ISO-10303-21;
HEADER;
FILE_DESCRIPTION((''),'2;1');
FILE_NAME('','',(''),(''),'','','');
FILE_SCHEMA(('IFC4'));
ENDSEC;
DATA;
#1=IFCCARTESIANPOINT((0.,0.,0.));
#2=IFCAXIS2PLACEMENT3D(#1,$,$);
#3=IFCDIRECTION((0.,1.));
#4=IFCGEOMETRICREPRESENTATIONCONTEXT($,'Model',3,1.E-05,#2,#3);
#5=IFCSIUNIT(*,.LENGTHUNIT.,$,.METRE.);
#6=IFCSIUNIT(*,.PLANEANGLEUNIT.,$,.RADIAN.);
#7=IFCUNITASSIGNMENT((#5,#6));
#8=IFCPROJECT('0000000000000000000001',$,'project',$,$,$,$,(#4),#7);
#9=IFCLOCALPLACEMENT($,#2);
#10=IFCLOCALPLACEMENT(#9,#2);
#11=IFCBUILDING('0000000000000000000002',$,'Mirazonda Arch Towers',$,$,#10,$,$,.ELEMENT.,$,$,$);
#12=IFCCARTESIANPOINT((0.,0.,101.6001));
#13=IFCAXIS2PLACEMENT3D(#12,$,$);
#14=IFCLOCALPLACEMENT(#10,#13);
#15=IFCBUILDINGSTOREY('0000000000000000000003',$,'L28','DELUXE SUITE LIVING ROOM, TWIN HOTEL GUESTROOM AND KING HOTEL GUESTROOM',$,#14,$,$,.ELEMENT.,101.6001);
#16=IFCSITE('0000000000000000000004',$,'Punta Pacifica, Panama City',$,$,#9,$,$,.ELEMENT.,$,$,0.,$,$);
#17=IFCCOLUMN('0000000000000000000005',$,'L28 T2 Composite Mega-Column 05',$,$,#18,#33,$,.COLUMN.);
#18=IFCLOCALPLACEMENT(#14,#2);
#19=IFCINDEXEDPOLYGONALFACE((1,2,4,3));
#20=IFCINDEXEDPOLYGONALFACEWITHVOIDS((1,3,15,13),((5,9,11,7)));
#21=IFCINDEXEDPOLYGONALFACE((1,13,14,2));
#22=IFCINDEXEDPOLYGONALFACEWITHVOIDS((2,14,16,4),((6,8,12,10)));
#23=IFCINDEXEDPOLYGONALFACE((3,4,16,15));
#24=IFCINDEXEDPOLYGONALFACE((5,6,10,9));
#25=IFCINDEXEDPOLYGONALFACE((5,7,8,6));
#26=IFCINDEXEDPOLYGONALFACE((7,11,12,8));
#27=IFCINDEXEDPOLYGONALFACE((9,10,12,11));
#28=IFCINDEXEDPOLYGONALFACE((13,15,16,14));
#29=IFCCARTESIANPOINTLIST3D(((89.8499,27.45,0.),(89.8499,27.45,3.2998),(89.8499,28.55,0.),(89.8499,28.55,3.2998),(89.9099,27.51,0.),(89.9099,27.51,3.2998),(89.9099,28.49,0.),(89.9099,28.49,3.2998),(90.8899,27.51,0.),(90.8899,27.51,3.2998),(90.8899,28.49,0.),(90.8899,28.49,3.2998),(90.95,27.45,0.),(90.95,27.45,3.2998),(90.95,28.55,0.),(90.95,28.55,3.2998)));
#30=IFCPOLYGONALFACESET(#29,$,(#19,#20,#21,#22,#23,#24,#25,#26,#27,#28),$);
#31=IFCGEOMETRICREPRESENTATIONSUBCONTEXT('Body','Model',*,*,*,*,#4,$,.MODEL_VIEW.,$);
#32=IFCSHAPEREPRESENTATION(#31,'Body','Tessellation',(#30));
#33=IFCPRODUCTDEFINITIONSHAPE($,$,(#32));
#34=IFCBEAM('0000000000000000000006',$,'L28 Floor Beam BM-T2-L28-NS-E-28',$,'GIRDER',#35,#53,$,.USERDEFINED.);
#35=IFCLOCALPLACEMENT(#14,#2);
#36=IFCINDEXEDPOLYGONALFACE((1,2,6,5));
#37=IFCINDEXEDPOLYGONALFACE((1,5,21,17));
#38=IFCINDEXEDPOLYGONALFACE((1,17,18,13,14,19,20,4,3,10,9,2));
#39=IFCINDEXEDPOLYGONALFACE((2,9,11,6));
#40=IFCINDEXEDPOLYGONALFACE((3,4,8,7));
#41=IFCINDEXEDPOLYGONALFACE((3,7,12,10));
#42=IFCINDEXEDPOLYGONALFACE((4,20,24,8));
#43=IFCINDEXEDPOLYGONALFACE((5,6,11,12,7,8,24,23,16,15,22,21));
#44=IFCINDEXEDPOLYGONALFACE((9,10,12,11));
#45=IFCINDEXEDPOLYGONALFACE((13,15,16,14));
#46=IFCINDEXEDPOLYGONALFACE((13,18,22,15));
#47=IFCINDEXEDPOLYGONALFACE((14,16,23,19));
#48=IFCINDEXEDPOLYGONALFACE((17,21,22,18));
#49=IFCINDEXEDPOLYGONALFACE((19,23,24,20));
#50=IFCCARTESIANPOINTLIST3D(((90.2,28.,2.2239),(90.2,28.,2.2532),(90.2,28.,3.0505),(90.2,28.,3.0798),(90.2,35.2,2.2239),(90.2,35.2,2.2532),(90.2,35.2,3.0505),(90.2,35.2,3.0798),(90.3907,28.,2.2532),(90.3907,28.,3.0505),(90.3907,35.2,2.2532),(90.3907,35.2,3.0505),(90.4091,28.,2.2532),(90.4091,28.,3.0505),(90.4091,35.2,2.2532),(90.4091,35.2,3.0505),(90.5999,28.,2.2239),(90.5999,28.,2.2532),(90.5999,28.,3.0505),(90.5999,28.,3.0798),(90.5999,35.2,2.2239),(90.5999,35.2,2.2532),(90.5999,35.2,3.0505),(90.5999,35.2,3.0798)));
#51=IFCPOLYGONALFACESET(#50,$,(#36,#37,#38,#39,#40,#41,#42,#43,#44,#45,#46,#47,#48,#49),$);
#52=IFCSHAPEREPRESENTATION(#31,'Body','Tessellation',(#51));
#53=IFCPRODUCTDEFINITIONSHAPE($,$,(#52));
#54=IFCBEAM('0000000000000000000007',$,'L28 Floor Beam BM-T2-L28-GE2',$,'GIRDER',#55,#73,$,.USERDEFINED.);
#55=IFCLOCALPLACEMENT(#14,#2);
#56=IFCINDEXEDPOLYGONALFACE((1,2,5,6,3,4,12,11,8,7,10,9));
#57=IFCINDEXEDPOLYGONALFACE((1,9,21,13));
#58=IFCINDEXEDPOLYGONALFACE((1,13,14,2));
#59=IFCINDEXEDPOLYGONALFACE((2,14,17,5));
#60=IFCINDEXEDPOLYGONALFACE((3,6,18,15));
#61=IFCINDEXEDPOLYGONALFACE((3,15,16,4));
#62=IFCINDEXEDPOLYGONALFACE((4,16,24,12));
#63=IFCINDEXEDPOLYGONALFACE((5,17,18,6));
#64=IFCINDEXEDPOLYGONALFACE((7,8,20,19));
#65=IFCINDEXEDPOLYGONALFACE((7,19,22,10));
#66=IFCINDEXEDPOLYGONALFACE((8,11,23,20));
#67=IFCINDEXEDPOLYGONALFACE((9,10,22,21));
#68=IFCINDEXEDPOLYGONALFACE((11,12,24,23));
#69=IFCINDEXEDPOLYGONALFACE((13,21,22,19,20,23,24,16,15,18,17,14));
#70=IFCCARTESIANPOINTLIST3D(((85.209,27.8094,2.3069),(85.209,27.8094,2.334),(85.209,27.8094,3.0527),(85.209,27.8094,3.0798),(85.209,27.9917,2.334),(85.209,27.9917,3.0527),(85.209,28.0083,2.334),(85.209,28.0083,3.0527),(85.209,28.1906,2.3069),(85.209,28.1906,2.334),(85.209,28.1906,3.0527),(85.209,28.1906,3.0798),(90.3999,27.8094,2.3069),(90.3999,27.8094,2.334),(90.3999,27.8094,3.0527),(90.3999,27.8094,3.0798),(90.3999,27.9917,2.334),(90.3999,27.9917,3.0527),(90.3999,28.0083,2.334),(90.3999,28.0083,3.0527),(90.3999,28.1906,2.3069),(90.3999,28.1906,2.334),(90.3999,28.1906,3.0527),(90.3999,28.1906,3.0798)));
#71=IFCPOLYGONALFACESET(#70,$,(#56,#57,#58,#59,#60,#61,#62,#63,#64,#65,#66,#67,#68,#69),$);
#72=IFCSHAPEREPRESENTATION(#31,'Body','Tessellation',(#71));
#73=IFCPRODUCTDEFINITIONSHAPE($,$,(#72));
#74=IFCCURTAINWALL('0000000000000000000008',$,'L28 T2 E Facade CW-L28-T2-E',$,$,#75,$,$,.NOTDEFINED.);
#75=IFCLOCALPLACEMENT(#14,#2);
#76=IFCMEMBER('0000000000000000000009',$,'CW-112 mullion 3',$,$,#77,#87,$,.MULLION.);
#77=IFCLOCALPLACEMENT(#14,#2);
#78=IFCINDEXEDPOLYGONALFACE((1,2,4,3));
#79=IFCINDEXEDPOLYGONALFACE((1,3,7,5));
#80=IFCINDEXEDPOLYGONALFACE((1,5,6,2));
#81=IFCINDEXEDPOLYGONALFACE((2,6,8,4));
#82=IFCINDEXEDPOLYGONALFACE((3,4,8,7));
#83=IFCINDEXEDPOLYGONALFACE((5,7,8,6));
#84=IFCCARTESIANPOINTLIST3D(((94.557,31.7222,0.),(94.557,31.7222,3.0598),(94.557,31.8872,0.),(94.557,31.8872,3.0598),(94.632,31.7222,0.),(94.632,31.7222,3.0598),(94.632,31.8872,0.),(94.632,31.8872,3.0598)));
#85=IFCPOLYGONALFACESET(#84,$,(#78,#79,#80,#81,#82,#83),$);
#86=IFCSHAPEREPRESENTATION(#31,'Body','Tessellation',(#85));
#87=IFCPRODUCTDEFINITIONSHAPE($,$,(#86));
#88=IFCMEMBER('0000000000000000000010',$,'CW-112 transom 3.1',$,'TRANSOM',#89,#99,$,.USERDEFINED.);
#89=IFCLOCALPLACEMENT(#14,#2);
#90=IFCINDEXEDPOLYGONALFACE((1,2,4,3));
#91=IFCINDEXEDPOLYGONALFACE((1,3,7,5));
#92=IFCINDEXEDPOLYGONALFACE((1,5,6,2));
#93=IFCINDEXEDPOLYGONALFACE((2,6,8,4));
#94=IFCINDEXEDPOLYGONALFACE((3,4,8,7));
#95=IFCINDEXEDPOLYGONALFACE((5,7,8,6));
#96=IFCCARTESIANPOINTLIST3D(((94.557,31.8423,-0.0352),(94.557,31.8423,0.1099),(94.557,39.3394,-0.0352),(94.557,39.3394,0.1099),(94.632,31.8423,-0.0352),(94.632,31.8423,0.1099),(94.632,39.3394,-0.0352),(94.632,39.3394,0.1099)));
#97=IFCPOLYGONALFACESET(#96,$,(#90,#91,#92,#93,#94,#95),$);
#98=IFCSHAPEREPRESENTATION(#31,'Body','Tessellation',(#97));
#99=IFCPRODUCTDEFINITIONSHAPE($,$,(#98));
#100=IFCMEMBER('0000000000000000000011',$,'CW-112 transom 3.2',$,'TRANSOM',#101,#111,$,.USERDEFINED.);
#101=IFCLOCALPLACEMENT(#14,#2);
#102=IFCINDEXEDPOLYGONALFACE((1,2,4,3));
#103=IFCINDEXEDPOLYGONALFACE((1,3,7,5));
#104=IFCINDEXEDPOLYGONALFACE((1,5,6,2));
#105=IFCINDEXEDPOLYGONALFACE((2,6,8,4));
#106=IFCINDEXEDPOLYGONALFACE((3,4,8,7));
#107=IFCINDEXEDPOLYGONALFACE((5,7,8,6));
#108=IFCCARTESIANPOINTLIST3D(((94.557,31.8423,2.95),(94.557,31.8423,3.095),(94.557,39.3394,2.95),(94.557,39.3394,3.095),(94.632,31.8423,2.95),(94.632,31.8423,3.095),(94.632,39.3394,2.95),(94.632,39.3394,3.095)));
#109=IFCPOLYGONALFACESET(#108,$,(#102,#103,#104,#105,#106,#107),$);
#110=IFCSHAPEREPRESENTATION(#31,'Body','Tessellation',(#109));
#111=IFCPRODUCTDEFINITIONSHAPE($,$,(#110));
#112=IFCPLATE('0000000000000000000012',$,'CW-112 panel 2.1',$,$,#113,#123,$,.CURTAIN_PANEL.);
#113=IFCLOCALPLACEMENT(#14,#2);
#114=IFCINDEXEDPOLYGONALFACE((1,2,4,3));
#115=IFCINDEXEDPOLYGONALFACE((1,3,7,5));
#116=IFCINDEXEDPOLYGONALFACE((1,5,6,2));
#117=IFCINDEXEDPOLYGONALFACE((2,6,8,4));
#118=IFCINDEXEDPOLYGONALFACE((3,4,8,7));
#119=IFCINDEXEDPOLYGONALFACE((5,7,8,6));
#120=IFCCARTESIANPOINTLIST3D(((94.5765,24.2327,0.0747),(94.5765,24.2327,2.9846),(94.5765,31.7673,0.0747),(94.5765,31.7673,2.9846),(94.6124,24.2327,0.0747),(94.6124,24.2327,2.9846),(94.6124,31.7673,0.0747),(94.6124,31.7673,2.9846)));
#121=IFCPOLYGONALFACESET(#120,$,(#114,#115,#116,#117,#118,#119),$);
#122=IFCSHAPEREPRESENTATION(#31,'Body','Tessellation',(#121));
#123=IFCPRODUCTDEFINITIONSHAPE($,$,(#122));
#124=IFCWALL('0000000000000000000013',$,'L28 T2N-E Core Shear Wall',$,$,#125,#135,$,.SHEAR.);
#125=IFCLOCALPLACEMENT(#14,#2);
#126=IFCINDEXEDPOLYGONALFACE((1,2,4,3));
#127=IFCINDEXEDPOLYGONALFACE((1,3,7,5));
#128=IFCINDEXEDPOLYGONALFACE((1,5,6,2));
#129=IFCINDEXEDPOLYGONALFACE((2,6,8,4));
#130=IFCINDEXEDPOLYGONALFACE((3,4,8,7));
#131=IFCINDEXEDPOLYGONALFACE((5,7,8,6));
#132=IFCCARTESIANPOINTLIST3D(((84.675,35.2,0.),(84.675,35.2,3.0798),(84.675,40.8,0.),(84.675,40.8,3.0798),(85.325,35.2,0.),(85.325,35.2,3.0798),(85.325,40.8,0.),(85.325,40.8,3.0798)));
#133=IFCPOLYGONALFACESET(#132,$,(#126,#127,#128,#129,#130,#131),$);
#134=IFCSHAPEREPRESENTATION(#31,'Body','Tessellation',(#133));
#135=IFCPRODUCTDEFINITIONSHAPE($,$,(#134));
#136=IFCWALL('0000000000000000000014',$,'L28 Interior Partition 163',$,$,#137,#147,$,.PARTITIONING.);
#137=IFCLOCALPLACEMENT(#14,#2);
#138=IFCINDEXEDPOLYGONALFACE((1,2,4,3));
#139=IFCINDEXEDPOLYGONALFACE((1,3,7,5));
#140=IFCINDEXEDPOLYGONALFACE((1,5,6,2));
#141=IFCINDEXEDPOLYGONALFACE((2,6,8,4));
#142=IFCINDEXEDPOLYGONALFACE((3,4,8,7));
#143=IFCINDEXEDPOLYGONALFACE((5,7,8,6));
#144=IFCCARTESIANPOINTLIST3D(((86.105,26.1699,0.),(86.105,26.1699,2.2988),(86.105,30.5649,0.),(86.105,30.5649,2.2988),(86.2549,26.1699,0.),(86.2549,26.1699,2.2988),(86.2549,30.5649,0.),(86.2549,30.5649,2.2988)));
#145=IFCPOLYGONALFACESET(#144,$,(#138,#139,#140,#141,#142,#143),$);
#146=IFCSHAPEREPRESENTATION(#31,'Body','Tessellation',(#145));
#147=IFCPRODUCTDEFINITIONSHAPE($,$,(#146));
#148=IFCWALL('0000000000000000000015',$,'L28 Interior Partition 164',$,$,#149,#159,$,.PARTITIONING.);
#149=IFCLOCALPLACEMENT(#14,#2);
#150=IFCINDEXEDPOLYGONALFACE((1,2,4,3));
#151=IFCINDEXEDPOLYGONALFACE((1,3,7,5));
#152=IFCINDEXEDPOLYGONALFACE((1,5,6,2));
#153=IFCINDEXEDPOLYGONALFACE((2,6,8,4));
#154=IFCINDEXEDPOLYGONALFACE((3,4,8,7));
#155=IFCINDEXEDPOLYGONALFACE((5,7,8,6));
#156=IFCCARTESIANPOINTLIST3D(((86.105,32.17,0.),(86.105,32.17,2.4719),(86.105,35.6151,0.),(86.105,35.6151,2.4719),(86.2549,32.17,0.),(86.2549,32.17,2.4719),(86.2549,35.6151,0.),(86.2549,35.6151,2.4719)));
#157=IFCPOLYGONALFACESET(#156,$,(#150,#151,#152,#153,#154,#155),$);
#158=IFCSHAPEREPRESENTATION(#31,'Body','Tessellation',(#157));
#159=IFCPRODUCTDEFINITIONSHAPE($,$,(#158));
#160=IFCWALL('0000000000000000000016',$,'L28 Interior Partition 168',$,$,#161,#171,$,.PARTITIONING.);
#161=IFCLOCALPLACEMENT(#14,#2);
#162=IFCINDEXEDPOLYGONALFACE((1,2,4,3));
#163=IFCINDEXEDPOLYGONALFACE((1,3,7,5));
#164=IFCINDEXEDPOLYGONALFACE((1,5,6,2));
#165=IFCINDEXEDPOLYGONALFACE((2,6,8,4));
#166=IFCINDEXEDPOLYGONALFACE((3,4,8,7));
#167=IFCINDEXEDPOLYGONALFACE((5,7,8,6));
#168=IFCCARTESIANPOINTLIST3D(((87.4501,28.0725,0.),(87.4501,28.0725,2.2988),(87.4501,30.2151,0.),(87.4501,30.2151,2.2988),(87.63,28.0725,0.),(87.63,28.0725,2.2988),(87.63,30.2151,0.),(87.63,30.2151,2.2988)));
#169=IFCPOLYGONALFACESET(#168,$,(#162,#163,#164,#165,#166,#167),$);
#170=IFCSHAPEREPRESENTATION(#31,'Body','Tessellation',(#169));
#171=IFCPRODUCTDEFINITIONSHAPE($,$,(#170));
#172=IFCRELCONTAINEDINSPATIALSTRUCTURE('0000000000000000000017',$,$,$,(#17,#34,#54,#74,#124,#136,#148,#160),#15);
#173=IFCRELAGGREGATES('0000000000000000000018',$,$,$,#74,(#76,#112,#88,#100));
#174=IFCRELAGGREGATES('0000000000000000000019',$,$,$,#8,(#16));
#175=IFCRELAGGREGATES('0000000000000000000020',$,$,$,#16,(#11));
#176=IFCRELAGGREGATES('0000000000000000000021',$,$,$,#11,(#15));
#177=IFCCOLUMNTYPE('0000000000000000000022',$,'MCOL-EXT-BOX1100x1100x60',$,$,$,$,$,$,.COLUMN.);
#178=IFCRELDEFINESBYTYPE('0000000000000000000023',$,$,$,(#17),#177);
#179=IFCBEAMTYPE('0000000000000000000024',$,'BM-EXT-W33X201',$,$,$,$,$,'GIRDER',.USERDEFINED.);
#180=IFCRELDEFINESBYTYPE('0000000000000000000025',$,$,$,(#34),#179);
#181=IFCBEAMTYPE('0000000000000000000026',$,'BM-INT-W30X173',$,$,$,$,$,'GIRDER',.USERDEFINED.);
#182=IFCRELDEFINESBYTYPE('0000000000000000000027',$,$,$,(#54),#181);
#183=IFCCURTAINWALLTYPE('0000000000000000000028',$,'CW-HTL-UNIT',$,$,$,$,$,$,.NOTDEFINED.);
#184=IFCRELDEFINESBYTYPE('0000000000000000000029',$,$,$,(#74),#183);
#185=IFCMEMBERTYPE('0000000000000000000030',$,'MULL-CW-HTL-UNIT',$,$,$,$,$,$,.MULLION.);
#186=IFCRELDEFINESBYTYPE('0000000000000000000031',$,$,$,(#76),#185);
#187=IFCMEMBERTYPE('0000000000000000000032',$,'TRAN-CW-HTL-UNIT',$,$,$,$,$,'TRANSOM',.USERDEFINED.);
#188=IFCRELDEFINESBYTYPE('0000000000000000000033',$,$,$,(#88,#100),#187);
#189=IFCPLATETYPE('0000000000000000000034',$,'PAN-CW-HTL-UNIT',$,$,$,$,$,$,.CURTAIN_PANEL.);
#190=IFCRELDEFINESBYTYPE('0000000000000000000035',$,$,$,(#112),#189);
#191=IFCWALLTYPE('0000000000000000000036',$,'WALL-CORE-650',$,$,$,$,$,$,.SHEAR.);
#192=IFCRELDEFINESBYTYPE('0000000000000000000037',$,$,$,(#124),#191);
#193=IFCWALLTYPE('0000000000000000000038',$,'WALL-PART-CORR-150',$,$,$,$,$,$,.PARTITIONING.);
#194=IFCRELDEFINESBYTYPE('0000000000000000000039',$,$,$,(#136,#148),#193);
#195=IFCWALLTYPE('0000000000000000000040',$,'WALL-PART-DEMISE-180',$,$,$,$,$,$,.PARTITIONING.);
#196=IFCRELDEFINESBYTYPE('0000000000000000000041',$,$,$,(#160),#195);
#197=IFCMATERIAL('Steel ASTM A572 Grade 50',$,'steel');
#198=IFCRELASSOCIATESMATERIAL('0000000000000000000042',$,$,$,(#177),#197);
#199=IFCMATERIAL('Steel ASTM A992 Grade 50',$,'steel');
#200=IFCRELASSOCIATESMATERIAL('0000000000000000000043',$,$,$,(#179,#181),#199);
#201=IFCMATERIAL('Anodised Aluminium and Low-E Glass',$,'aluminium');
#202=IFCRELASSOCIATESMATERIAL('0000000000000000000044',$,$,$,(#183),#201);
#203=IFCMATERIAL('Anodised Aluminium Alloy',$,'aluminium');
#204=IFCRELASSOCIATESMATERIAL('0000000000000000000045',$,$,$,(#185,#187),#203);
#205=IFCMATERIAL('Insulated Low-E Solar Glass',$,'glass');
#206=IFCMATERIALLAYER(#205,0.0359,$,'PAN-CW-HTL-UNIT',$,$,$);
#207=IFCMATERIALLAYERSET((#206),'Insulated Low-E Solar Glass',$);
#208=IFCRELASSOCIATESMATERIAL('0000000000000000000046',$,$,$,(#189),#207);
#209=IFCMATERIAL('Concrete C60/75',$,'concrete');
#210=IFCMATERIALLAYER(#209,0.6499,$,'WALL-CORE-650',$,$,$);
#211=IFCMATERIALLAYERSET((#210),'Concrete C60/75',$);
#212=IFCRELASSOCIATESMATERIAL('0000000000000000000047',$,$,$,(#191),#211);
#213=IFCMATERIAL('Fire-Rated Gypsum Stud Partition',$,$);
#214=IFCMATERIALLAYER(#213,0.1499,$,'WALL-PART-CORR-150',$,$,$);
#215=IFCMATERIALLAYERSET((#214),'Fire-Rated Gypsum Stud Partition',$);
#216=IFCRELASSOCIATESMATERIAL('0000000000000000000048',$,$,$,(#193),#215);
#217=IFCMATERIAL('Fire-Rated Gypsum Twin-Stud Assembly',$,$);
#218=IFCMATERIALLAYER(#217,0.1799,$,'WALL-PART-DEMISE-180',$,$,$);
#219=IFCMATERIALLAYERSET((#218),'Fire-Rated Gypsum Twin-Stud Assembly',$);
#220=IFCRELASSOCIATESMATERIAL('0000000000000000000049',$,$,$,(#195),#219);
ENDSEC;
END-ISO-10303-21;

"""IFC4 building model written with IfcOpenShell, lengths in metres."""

from ifc_helpers import new_model, si_unit, direction, frame, frame_2d, origin, origin_2d, place, context, subcontext, project, spatial, rectangle, hollow_rectangle, i_section, extrude, material, layer, layer_set, material_profile, profile_set, type_object, element, aggregate, save


model = new_model("IFC4")

# Units and contexts
model_context = context("Model", 3, precision=1e-05, world=origin(), true_north=direction((0.0, 1.0)))
body_context = subcontext(model_context, "Body", "Model", "MODEL_VIEW")
ifc_project = project(units=[si_unit("LENGTHUNIT", "METRE"), si_unit("PLANEANGLEUNIT", "RADIAN")], contexts=[model_context])

# Site, building, storey
site_placement = place(None, origin())
site = spatial("IfcSite", under=ifc_project, at=site_placement, Name="Punta Pacifica, Panama City", CompositionType="ELEMENT", RefElevation=0.0)
building_placement = place(site_placement, origin())
building = spatial("IfcBuilding", under=site, at=building_placement, Name="Mirazonda Arch Towers", CompositionType="ELEMENT")
storey_placement = place(building_placement, frame((0.0, 0.0, 101.6001)))
storey = spatial("IfcBuildingStorey", under=building, at=storey_placement, Name="L28", Description="DELUXE SUITE LIVING ROOM, TWIN HOTEL GUESTROOM AND KING HOTEL GUESTROOM", CompositionType="ELEMENT", Elevation=101.6001)

# Column
ifc_material_1 = material(Name="Steel ASTM A572 Grade 50", Category="steel")
ifc_material_profile_1 = material_profile(ifc_material_1, hollow_rectangle(XDim=1.1001, YDim=1.1001, WallThickness=0.0601, at=origin_2d()), Name="BOX1100x1100x60")
ifc_profile_set_1 = profile_set([ifc_material_profile_1], Name="Steel ASTM A572 Grade 50")
column_type = type_object("IfcColumnType", Name="MCOL-EXT-BOX1100x1100x60", PredefinedType="COLUMN", material=ifc_profile_set_1)
column_placement = place(storey_placement, frame((90.3999, 28.0, 0.0), z_axis=(0.0, 0.0, 1.0), x_axis=(1.0, 0.0, 0.0)))
element("IfcColumn", 1, at=column_placement, inside=storey, type_object=column_type, Name="L28 T2 Composite Mega-Column 05", PredefinedType="COLUMN", context=body_context, shape_type="SweptSolid", body=[
    extrude(hollow_rectangle(XDim=1.1001, YDim=1.1001, WallThickness=0.0601, at=origin_2d()), origin(), (0.0, 0.0, 1.0), 3.2998),
])

# Beams
ifc_material_2 = material(Name="Steel ASTM A992 Grade 50", Category="steel")
ifc_material_profile_2 = material_profile(ifc_material_2, i_section(OverallWidth=0.3999, OverallDepth=0.856, WebThickness=0.0183, FlangeThickness=0.0293, at=origin_2d()), Name="W33X201")
ifc_profile_set_2 = profile_set([ifc_material_profile_2], Name="Steel ASTM A992 Grade 50")
beam_type_1 = type_object("IfcBeamType", Name="BM-EXT-W33X201", ElementType="GIRDER", PredefinedType="USERDEFINED", material=ifc_profile_set_2)
beam_1_placement = place(storey_placement, frame((90.3999, 28.0, 2.6519), z_axis=(0.0, 1.0, 0.0), x_axis=(-1.0, 0.0, 0.0)))
element("IfcBeam", 2, at=beam_1_placement, inside=storey, type_object=beam_type_1, Name="L28 Floor Beam BM-T2-L28-NS-E-28", ObjectType="GIRDER", PredefinedType="USERDEFINED", context=body_context, shape_type="SweptSolid", body=[
    extrude(i_section(OverallWidth=0.3999, OverallDepth=0.856, WebThickness=0.0183, FlangeThickness=0.0293, at=origin_2d()), origin(), (0.0, 0.0, 1.0), 7.2),
])
ifc_material_profile_3 = material_profile(ifc_material_2, i_section(OverallWidth=0.3811, OverallDepth=0.7729, WebThickness=0.0166, FlangeThickness=0.0271, at=origin_2d()), Name="W30X173")
ifc_profile_set_3 = profile_set([ifc_material_profile_3], Name="Steel ASTM A992 Grade 50")
beam_type_2 = type_object("IfcBeamType", Name="BM-INT-W30X173", ElementType="GIRDER", PredefinedType="USERDEFINED", material=ifc_profile_set_3)
beam_2_placement = place(storey_placement, frame((85.209, 28.0, 2.6934), z_axis=(1.0, 0.0, 0.0), x_axis=(0.0, 1.0, 0.0)))
element("IfcBeam", 3, at=beam_2_placement, inside=storey, type_object=beam_type_2, Name="L28 Floor Beam BM-T2-L28-GE2", ObjectType="GIRDER", PredefinedType="USERDEFINED", context=body_context, shape_type="SweptSolid", body=[
    extrude(i_section(OverallWidth=0.3811, OverallDepth=0.7729, WebThickness=0.0166, FlangeThickness=0.0271, at=origin_2d()), origin(), (0.0, 0.0, 1.0), 5.1909),
])

# Curtain wall, members, plate
ifc_material_3 = material(Name="Anodised Aluminium and Low-E Glass", Category="aluminium")
curtain_wall_type = type_object("IfcCurtainWallType", Name="CW-HTL-UNIT", PredefinedType="NOTDEFINED", material=ifc_material_3)
curtain_wall_placement = place(storey_placement, origin())
curtain_wall = element("IfcCurtainWall", 4, at=curtain_wall_placement, inside=storey, type_object=curtain_wall_type, Name="L28 T2 E Facade CW-L28-T2-E", PredefinedType="NOTDEFINED")
ifc_material_4 = material(Name="Anodised Aluminium Alloy", Category="aluminium")
ifc_material_profile_4 = material_profile(ifc_material_4, rectangle(XDim=0.075, YDim=0.165, at=origin_2d()), Name="ALU-MULL-75x165")
ifc_profile_set_4 = profile_set([ifc_material_profile_4], Name="Anodised Aluminium Alloy")
member_type_1 = type_object("IfcMemberType", Name="MULL-CW-HTL-UNIT", PredefinedType="MULLION", material=ifc_profile_set_4)
member_1_placement = place(storey_placement, frame((94.5945, 31.8047, 0.0), z_axis=(0.0, 0.0, 1.0), x_axis=(-1.0, 0.0, 0.0)))
member_1 = element("IfcMember", 5, at=member_1_placement, type_object=member_type_1, Name="CW-112 mullion 3", PredefinedType="MULLION", context=body_context, shape_type="SweptSolid", body=[
    extrude(rectangle(XDim=0.075, YDim=0.165, at=origin_2d()), origin(), (0.0, 0.0, 1.0), 3.0598),
])
ifc_material_profile_5 = material_profile(ifc_material_4, rectangle(XDim=0.075, YDim=0.145, at=origin_2d()), Name="ALU-TRAN-75x145")
ifc_profile_set_5 = profile_set([ifc_material_profile_5], Name="Anodised Aluminium Alloy")
member_type_2 = type_object("IfcMemberType", Name="TRAN-CW-HTL-UNIT", ElementType="TRANSOM", PredefinedType="USERDEFINED", material=ifc_profile_set_5)
member_2_placement = place(storey_placement, frame((94.5945, 31.8423, 0.0374), z_axis=(0.0, 1.0, 0.0), x_axis=(-1.0, 0.0, 0.0)))
member_2 = element("IfcMember", 6, at=member_2_placement, type_object=member_type_2, Name="CW-112 transom 3.1", ObjectType="TRANSOM", PredefinedType="USERDEFINED", context=body_context, shape_type="SweptSolid", body=[
    extrude(rectangle(XDim=0.075, YDim=0.145, at=origin_2d()), origin(), (0.0, 0.0, 1.0), 7.4971),
])
member_3_placement = place(storey_placement, frame((94.5945, 31.8423, 3.0225), z_axis=(0.0, 1.0, 0.0), x_axis=(-1.0, 0.0, 0.0)))
member_3 = element("IfcMember", 7, at=member_3_placement, type_object=member_type_2, Name="CW-112 transom 3.2", ObjectType="TRANSOM", PredefinedType="USERDEFINED", context=body_context, shape_type="SweptSolid", body=[
    extrude(rectangle(XDim=0.075, YDim=0.145, at=origin_2d()), origin(), (0.0, 0.0, 1.0), 7.4971),
])
ifc_material_5 = material(Name="Insulated Low-E Solar Glass", Category="glass")
ifc_layer_1 = layer(ifc_material_5, 0.0359, Name="PAN-CW-HTL-UNIT")
ifc_layer_set_1 = layer_set([ifc_layer_1], Name="Insulated Low-E Solar Glass")
plate_type = type_object("IfcPlateType", Name="PAN-CW-HTL-UNIT", PredefinedType="CURTAIN_PANEL", material=ifc_layer_set_1)
plate_placement = place(storey_placement, frame((94.5945, 28.0, 0.0747), z_axis=(0.0, 0.0, 1.0), x_axis=(0.0, 1.0, 0.0)))
plate = element("IfcPlate", 8, at=plate_placement, type_object=plate_type, Name="CW-112 panel 2.1", PredefinedType="CURTAIN_PANEL", context=body_context, shape_type="SweptSolid", body=[
    extrude(rectangle(XDim=7.5347, YDim=0.0359, at=origin_2d()), origin(), (0.0, 0.0, 1.0), 2.9099),
])
aggregate(curtain_wall, [member_1, plate, member_2, member_3])

# Wall
ifc_material_6 = material(Name="Concrete C60/75", Category="concrete")
ifc_layer_2 = layer(ifc_material_6, 0.6499, Name="WALL-CORE-650")
ifc_layer_set_2 = layer_set([ifc_layer_2], Name="Concrete C60/75")
wall_type_1 = type_object("IfcWallType", Name="WALL-CORE-650", PredefinedType="SHEAR", material=ifc_layer_set_2)
wall_1_placement = place(storey_placement, frame((85.0, 35.2, 0.0), z_axis=(0.0, 0.0, 1.0), x_axis=(0.0, 1.0, 0.0)))
element("IfcWall", 9, at=wall_1_placement, inside=storey, type_object=wall_type_1, Name="L28 T2N-E Core Shear Wall", PredefinedType="SHEAR", context=body_context, shape_type="SweptSolid", body=[
    extrude(rectangle(XDim=5.6001, YDim=0.6499, at=frame_2d((2.8, 0.0))), origin(), (0.0, 0.0, 1.0), 3.0798),
])

# Shared definitions
ifc_material_7 = material(Name="Fire-Rated Gypsum Stud Partition")
ifc_layer_3 = layer(ifc_material_7, 0.1499, Name="WALL-PART-CORR-150")
ifc_layer_set_3 = layer_set([ifc_layer_3], Name="Fire-Rated Gypsum Stud Partition")
wall_type_2 = type_object("IfcWallType", Name="WALL-PART-CORR-150", PredefinedType="PARTITIONING", material=ifc_layer_set_3)

# Walls
wall_2_placement = place(storey_placement, frame((86.1799, 26.1699, 0.0), z_axis=(0.0, 0.0, 1.0), x_axis=(0.0, 1.0, 0.0)))
element("IfcWall", 10, at=wall_2_placement, inside=storey, type_object=wall_type_2, Name="L28 Interior Partition 163", PredefinedType="PARTITIONING", context=body_context, shape_type="SweptSolid", body=[
    extrude(rectangle(XDim=4.395, YDim=0.1499, at=frame_2d((2.1975, 0.0))), origin(), (0.0, 0.0, 1.0), 2.2988),
])
wall_3_placement = place(storey_placement, frame((86.1799, 32.1699, 0.0), z_axis=(0.0, 0.0, 1.0), x_axis=(0.0, 1.0, 0.0)))
element("IfcWall", 11, at=wall_3_placement, inside=storey, type_object=wall_type_2, Name="L28 Interior Partition 164", PredefinedType="PARTITIONING", context=body_context, shape_type="SweptSolid", body=[
    extrude(rectangle(XDim=3.4451, YDim=0.1499, at=frame_2d((1.7227, 0.0))), origin(), (0.0, 0.0, 1.0), 2.4719),
])
ifc_material_8 = material(Name="Fire-Rated Gypsum Twin-Stud Assembly")
ifc_layer_4 = layer(ifc_material_8, 0.1799, Name="WALL-PART-DEMISE-180")
ifc_layer_set_4 = layer_set([ifc_layer_4], Name="Fire-Rated Gypsum Twin-Stud Assembly")
wall_type_3 = type_object("IfcWallType", Name="WALL-PART-DEMISE-180", PredefinedType="PARTITIONING", material=ifc_layer_set_4)
wall_4_placement = place(storey_placement, frame((87.54, 28.0725, 0.0), z_axis=(0.0, 0.0, 1.0), x_axis=(0.0, 1.0, 0.0)))
element("IfcWall", 12, at=wall_4_placement, inside=storey, type_object=wall_type_3, Name="L28 Interior Partition 168", PredefinedType="PARTITIONING", context=body_context, shape_type="SweptSolid", body=[
    extrude(rectangle(XDim=2.1426, YDim=0.1799, at=frame_2d((1.0713, 0.0))), origin(), (0.0, 0.0, 1.0), 2.2988),
])

save(model, "model.ifc")
